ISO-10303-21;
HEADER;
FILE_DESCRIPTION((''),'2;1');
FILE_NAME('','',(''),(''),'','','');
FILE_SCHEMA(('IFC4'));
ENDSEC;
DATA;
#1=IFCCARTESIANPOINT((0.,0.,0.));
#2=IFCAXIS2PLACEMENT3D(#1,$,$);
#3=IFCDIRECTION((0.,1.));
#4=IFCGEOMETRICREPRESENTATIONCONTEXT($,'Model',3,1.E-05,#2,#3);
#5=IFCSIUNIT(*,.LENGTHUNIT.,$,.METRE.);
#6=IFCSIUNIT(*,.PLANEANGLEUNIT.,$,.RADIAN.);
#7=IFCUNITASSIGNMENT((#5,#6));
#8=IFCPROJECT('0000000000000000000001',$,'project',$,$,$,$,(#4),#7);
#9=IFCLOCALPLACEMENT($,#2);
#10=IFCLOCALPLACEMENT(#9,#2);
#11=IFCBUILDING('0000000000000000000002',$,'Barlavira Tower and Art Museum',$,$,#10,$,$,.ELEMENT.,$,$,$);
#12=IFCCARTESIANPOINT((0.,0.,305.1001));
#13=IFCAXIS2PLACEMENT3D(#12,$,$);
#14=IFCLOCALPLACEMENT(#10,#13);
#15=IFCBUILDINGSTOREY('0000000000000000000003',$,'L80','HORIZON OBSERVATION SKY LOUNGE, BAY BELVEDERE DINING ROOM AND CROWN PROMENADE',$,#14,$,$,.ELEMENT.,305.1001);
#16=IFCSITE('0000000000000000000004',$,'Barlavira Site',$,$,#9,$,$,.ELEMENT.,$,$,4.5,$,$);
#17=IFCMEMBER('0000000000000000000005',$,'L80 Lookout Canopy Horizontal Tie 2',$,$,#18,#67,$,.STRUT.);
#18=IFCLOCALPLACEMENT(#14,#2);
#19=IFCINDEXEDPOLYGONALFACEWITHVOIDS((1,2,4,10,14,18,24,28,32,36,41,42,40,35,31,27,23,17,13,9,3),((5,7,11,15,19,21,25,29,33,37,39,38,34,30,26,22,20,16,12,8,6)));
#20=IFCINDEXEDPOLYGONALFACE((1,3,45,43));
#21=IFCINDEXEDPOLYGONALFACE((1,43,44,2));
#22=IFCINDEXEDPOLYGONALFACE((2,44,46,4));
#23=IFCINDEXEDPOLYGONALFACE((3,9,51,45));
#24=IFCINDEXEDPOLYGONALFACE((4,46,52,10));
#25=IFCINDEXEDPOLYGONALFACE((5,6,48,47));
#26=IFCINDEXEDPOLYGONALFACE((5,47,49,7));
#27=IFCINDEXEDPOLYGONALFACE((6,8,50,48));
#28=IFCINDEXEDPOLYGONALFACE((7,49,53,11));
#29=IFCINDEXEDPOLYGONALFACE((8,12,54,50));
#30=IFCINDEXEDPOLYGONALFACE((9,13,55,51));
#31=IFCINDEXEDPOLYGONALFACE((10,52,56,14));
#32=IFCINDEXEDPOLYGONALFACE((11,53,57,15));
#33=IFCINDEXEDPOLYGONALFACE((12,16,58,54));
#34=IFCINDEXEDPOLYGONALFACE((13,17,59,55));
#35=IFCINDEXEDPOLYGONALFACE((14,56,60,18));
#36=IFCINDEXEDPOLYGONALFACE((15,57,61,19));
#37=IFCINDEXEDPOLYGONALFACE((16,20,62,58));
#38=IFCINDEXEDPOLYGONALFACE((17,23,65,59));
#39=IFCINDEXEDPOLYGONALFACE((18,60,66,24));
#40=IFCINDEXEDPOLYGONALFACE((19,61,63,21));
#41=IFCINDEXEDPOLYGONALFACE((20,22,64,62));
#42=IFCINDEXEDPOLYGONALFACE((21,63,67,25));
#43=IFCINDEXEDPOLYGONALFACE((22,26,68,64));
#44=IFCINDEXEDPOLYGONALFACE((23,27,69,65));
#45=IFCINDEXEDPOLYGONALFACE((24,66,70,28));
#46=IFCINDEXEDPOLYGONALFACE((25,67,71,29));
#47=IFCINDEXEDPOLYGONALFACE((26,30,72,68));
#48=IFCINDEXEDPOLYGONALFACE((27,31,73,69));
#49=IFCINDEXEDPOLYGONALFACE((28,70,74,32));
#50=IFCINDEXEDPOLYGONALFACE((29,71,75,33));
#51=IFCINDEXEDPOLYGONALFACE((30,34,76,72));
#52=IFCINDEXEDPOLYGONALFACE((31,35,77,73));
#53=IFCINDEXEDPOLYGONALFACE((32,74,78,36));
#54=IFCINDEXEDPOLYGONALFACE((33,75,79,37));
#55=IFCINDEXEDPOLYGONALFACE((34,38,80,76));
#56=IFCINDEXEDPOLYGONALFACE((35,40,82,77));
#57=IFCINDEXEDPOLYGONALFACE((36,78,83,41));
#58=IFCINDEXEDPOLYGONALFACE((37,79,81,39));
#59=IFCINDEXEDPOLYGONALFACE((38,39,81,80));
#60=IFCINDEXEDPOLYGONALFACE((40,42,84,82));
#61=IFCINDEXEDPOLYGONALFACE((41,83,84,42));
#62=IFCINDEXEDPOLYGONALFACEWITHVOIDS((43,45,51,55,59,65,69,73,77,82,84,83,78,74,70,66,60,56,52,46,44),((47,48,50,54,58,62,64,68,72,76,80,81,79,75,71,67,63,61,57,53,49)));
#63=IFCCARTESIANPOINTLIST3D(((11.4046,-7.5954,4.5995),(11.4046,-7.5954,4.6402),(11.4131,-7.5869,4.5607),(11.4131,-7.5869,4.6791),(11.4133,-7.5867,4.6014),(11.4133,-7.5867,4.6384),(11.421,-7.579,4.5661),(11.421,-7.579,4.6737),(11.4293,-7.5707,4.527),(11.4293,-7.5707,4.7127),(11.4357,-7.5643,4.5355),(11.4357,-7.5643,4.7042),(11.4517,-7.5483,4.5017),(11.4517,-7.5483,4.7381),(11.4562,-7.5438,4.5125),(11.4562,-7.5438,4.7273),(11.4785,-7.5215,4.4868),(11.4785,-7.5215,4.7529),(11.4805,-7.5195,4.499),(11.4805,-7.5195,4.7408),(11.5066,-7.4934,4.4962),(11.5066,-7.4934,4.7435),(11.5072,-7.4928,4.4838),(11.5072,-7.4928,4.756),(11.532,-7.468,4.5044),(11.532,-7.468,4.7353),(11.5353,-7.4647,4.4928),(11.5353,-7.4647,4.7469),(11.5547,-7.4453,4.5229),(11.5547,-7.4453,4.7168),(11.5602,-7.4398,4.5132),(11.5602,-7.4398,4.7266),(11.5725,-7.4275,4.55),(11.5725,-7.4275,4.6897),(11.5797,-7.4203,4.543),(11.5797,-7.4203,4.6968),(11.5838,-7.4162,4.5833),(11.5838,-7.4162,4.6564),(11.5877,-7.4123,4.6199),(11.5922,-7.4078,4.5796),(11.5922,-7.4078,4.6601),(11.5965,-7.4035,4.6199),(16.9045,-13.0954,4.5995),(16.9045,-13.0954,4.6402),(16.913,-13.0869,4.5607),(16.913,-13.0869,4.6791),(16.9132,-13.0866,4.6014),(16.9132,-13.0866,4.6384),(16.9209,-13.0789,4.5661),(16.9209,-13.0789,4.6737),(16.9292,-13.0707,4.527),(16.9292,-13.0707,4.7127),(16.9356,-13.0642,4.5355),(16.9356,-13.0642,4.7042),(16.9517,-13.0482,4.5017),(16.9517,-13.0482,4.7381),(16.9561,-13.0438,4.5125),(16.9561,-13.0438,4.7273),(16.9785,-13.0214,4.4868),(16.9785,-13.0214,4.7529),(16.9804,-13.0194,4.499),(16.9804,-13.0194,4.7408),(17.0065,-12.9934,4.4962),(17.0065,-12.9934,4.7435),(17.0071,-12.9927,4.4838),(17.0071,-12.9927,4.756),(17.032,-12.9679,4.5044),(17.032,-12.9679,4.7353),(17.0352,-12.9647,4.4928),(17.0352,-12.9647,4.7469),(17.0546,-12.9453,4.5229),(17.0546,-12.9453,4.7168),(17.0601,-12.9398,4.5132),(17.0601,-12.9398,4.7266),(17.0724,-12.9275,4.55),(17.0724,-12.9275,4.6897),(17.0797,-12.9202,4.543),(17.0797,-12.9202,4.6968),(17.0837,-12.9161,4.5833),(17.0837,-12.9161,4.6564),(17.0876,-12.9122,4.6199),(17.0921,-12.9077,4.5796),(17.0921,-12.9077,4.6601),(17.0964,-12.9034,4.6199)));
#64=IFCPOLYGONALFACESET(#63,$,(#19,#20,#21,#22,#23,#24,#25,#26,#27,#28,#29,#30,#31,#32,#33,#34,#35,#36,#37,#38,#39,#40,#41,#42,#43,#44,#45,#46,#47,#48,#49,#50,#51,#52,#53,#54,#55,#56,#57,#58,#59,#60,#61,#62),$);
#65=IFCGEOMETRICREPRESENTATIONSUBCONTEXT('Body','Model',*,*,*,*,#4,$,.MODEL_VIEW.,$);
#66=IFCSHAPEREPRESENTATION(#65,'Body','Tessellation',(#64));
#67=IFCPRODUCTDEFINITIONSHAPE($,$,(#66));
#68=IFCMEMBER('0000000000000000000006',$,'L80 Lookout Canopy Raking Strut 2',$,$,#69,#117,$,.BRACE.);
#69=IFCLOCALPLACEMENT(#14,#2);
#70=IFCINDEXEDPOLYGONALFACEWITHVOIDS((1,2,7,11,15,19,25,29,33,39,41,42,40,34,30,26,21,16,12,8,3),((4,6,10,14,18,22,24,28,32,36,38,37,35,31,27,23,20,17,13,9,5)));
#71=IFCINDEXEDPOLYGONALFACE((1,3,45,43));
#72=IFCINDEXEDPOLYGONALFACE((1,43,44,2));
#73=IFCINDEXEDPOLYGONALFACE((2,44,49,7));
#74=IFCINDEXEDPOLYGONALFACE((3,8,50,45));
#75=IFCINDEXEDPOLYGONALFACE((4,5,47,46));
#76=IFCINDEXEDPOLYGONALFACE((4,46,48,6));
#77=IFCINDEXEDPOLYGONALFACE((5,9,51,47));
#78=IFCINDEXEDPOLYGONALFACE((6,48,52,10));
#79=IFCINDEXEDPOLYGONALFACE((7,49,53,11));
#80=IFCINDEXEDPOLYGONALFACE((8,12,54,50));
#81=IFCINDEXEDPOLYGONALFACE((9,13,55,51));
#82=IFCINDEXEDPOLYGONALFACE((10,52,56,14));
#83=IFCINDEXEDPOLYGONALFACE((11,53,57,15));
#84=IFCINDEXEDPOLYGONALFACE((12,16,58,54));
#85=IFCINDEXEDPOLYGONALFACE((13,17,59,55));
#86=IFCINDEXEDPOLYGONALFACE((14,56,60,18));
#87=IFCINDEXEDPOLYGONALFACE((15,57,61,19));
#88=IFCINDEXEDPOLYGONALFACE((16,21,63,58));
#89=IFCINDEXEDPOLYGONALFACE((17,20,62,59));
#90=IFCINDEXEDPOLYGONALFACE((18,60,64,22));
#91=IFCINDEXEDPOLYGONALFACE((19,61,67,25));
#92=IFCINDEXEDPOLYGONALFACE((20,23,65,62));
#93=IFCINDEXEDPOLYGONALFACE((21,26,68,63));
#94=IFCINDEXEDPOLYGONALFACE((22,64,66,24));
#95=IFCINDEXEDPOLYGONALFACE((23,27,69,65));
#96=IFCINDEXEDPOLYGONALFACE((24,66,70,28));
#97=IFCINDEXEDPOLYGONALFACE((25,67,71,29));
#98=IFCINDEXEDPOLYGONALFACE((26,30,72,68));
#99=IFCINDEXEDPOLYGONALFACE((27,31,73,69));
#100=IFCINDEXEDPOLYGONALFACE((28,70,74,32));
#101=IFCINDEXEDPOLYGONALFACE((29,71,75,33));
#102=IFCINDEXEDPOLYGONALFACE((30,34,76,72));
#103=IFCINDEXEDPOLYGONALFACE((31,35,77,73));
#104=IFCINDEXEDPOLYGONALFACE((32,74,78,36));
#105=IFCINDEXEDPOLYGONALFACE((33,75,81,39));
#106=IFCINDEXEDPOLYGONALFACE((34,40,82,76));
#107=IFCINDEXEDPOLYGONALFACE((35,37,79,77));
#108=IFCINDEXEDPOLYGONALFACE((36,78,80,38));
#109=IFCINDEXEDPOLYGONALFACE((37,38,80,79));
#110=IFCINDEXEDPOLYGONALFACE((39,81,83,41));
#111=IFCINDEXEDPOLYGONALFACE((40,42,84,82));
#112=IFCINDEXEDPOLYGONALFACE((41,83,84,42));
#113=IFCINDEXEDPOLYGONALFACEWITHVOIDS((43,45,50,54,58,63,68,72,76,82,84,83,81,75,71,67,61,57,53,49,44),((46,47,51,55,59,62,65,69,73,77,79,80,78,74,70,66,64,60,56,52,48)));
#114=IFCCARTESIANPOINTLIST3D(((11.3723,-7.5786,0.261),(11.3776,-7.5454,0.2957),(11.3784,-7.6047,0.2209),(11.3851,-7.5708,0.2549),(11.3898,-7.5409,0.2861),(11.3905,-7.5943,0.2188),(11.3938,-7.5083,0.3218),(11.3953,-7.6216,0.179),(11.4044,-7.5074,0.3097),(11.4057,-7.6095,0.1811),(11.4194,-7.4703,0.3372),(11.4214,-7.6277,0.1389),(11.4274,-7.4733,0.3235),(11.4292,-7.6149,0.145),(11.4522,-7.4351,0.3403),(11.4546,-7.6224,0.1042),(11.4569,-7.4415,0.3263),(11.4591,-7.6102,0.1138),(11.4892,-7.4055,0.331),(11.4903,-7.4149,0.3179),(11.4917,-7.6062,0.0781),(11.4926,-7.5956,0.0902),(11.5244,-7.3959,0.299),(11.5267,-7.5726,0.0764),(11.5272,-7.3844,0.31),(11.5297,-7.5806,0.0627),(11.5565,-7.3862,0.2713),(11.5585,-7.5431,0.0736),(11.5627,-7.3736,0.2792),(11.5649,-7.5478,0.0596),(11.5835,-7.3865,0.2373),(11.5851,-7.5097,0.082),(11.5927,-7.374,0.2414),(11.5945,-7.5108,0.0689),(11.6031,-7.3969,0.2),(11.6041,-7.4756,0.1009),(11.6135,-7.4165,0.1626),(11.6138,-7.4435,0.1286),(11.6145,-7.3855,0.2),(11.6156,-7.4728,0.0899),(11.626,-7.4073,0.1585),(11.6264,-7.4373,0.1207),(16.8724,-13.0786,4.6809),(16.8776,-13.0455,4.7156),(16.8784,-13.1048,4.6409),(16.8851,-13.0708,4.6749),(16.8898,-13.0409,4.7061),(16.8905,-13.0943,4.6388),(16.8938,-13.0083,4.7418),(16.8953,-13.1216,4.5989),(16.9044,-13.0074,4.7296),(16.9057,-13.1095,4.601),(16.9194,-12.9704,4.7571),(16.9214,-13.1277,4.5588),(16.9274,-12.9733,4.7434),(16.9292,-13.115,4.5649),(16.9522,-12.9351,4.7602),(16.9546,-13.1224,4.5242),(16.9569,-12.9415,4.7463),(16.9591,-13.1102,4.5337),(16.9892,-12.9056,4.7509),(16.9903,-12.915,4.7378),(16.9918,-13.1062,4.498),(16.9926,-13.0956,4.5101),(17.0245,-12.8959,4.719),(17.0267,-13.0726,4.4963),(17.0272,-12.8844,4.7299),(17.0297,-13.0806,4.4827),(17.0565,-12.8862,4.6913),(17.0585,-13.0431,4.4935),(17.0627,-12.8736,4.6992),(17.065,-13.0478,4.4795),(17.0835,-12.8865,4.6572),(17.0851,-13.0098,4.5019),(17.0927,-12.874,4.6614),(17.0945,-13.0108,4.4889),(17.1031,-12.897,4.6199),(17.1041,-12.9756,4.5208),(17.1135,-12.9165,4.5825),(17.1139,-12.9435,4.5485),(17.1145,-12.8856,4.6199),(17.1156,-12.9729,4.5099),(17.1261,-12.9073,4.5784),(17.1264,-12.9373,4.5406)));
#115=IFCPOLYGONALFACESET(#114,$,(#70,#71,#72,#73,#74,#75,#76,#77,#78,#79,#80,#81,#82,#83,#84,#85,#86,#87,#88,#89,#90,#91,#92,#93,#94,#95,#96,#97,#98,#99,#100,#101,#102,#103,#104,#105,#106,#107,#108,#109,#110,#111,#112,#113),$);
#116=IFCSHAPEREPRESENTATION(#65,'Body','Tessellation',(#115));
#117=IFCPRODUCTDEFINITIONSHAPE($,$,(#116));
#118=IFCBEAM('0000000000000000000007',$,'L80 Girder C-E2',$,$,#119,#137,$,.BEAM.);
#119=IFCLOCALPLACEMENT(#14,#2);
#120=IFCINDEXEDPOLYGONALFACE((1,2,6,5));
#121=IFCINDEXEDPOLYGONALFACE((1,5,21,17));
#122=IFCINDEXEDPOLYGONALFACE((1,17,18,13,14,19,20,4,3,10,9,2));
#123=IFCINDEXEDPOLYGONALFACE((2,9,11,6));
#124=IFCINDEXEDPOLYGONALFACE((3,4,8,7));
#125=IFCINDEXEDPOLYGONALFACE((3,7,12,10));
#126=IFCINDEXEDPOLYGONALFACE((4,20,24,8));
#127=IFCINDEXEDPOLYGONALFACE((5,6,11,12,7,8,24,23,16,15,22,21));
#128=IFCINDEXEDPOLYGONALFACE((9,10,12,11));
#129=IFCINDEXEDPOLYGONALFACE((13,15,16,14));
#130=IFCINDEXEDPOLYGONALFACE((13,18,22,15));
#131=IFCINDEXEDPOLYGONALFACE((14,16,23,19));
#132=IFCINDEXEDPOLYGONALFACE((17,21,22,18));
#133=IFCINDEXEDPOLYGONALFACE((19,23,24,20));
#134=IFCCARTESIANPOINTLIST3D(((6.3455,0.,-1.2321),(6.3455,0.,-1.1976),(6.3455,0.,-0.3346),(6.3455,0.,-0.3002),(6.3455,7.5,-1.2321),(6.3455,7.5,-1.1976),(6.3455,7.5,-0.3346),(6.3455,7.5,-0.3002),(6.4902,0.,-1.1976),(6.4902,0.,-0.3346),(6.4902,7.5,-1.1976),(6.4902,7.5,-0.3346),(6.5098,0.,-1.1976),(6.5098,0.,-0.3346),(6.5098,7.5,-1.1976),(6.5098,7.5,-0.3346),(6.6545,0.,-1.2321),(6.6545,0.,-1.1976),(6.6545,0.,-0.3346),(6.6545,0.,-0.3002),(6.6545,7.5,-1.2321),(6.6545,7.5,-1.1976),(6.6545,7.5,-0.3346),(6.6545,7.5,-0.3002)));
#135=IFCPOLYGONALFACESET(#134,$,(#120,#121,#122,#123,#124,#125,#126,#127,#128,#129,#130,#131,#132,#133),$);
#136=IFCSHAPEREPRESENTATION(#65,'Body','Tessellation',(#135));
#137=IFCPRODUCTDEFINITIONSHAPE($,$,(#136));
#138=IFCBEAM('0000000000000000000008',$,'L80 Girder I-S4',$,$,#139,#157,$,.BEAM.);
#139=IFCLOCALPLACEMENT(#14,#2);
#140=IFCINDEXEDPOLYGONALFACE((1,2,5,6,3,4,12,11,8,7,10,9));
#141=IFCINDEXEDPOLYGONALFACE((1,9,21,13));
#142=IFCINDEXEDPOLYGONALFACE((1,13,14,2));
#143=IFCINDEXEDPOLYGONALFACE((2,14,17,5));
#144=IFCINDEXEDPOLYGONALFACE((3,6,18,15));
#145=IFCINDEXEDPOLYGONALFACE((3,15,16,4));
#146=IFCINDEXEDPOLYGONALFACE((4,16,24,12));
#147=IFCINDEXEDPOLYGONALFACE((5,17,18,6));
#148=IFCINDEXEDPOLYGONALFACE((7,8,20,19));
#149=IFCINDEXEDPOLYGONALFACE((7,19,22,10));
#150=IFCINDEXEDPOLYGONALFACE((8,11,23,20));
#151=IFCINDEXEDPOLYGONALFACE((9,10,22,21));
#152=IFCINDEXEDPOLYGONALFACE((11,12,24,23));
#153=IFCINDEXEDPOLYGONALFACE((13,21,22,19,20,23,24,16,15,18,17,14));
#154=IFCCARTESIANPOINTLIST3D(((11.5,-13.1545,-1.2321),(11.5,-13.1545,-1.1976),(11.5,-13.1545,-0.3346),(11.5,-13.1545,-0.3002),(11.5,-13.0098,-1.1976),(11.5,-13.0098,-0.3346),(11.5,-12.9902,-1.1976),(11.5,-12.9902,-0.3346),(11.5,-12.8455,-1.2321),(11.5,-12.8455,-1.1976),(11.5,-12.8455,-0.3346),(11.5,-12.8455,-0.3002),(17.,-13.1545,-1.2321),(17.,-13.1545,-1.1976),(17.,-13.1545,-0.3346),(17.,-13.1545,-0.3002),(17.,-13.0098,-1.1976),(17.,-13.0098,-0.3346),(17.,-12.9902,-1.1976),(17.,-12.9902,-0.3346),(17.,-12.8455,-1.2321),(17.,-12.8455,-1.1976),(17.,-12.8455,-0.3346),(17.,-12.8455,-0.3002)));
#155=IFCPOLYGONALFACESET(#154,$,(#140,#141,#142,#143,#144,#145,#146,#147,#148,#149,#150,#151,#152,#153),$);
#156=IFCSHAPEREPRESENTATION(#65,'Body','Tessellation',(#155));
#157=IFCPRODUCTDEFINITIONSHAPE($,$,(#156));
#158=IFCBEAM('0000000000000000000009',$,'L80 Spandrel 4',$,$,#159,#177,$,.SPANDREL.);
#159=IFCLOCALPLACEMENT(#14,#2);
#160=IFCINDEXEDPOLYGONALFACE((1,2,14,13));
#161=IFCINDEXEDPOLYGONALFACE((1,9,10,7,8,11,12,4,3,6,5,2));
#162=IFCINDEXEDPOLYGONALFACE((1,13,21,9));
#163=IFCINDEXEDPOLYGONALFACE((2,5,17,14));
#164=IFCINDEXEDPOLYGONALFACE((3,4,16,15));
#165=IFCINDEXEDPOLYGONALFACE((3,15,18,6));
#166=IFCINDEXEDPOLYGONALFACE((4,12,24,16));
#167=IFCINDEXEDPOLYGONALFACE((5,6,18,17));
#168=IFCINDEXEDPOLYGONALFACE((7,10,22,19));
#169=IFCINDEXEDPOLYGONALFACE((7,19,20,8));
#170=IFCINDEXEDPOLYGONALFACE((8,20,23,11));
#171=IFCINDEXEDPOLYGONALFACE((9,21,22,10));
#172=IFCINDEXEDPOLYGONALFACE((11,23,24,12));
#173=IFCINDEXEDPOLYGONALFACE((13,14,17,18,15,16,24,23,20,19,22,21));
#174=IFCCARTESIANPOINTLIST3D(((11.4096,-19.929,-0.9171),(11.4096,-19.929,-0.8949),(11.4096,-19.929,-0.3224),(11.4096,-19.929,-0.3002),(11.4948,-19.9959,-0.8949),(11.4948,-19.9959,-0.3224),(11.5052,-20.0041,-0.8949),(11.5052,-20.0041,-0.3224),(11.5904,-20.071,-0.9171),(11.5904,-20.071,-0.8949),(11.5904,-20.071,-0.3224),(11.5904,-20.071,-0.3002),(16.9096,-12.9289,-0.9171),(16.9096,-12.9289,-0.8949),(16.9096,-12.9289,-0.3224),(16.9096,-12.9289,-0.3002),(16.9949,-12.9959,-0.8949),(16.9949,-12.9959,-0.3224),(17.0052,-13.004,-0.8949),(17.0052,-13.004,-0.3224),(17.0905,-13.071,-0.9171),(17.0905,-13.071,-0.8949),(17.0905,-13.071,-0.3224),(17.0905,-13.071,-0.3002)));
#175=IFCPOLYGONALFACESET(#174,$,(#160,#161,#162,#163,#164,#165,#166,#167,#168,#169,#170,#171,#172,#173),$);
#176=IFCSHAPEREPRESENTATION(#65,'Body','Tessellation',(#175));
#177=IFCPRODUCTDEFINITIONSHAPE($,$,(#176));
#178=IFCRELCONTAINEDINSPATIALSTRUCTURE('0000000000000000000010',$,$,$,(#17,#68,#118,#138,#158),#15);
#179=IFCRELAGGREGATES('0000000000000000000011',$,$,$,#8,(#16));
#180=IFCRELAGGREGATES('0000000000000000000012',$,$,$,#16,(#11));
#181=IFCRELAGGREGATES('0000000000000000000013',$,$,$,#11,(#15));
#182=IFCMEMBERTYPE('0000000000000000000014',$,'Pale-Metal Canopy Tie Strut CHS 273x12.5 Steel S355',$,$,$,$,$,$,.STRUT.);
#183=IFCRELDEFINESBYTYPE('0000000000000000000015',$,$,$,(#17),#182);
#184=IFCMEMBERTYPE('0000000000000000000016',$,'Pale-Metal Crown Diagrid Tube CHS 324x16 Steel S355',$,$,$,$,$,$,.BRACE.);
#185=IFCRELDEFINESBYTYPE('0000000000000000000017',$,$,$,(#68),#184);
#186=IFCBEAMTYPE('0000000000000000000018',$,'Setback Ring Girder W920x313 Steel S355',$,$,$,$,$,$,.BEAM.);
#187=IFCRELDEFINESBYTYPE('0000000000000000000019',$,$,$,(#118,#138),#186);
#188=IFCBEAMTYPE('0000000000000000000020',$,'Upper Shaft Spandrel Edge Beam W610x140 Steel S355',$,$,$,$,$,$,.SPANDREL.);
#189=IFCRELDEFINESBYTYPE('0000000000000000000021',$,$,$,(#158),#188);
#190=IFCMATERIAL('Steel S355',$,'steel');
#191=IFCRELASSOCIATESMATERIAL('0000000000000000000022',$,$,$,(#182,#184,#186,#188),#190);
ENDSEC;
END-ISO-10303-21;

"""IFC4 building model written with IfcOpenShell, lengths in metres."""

from ifc_helpers import new_model, si_unit, direction, frame, origin, origin_2d, place, context, subcontext, project, spatial, hollow_circle, i_section, extrude, material, material_profile, profile_set, type_object, element, save


model = new_model("IFC4")

# Units and contexts
model_context = context("Model", 3, precision=1e-05, world=origin(), true_north=direction((0.0, 1.0)))
body_context = subcontext(model_context, "Body", "Model", "MODEL_VIEW")
ifc_project = project(units=[si_unit("LENGTHUNIT", "METRE"), si_unit("PLANEANGLEUNIT", "RADIAN")], contexts=[model_context])

# Site, building, storey
site_placement = place(None, origin())
site = spatial("IfcSite", under=ifc_project, at=site_placement, Name="Barlavira Site", CompositionType="ELEMENT", RefElevation=4.5)
building_placement = place(site_placement, origin())
building = spatial("IfcBuilding", under=site, at=building_placement, Name="Barlavira Tower and Art Museum", CompositionType="ELEMENT")
storey_placement = place(building_placement, frame((0.0, 0.0, 305.1001)))
storey = spatial("IfcBuildingStorey", under=building, at=storey_placement, Name="L80", Description="HORIZON OBSERVATION SKY LOUNGE, BAY BELVEDERE DINING ROOM AND CROWN PROMENADE", CompositionType="ELEMENT", Elevation=305.1001)

# Shared definitions
ifc_material_1 = material(Name="Steel S355", Category="steel")

# Members
ifc_material_profile_1 = material_profile(ifc_material_1, hollow_circle(Radius=0.1365, WallThickness=0.0125, at=origin_2d()), Name="CHS 273.0x12.5")
ifc_profile_set_1 = profile_set([ifc_material_profile_1], Name="Steel S355")
member_type_1 = type_object("IfcMemberType", Name="Pale-Metal Canopy Tie Strut CHS 273x12.5 Steel S355", PredefinedType="STRUT", material=ifc_profile_set_1)
member_1_placement = place(storey_placement, frame((11.5, -7.5, 4.6199), z_axis=(0.707107, -0.707107, 0.0), x_axis=(0.707107, 0.707107, 0.0)))
element("IfcMember", 1, at=member_1_placement, inside=storey, type_object=member_type_1, Name="L80 Lookout Canopy Horizontal Tie 2", PredefinedType="STRUT", context=body_context, shape_type="SweptSolid", body=[
    extrude(hollow_circle(Radius=0.1365, WallThickness=0.0125, at=origin_2d()), origin(), (0.0, 0.0, 1.0), 7.7781),
])
ifc_material_profile_2 = material_profile(ifc_material_1, hollow_circle(Radius=0.1619, WallThickness=0.0161, at=origin_2d()), Name="CHS 323.9x16.0")
ifc_profile_set_2 = profile_set([ifc_material_profile_2], Name="Steel S355")
member_type_2 = type_object("IfcMemberType", Name="Pale-Metal Crown Diagrid Tube CHS 324x16 Steel S355", PredefinedType="BRACE", material=ifc_profile_set_2)
member_2_placement = place(storey_placement, frame((11.5, -7.5, 0.2), z_axis=(0.614781, -0.614781, 0.494052), x_axis=(0.707107, 0.707107, 0.0)))
element("IfcMember", 2, at=member_2_placement, inside=storey, type_object=member_type_2, Name="L80 Lookout Canopy Raking Strut 2", PredefinedType="BRACE", context=body_context, shape_type="SweptSolid", body=[
    extrude(hollow_circle(Radius=0.1619, WallThickness=0.0161, at=origin_2d()), origin(), (0.0, 0.0, 1.0), 8.9463),
])

# Beams
ifc_material_profile_3 = material_profile(ifc_material_1, i_section(OverallWidth=0.3091, OverallDepth=0.9319, WebThickness=0.0195, FlangeThickness=0.0344, at=origin_2d()), Name="W920x313.0")
ifc_profile_set_3 = profile_set([ifc_material_profile_3], Name="Steel S355")
beam_type_1 = type_object("IfcBeamType", Name="Setback Ring Girder W920x313 Steel S355", PredefinedType="BEAM", material=ifc_profile_set_3)
beam_1_placement = place(storey_placement, frame((6.5, 0.0, -0.7661), z_axis=(0.0, 1.0, 0.0), x_axis=(-1.0, 0.0, 0.0)))
element("IfcBeam", 3, at=beam_1_placement, inside=storey, type_object=beam_type_1, Name="L80 Girder C-E2", PredefinedType="BEAM", context=body_context, shape_type="SweptSolid", body=[
    extrude(i_section(OverallWidth=0.3091, OverallDepth=0.9319, WebThickness=0.0195, FlangeThickness=0.0344, at=origin_2d()), origin(), (0.0, 0.0, 1.0), 7.5),
])
beam_2_placement = place(storey_placement, frame((11.5, -13.0, -0.7661), z_axis=(1.0, 0.0, 0.0), x_axis=(0.0, 1.0, 0.0)))
element("IfcBeam", 4, at=beam_2_placement, inside=storey, type_object=beam_type_1, Name="L80 Girder I-S4", PredefinedType="BEAM", context=body_context, shape_type="SweptSolid", body=[
    extrude(i_section(OverallWidth=0.3091, OverallDepth=0.9319, WebThickness=0.0195, FlangeThickness=0.0344, at=origin_2d()), origin(), (0.0, 0.0, 1.0), 5.5),
])
ifc_material_profile_4 = material_profile(ifc_material_1, i_section(OverallWidth=0.23, OverallDepth=0.6169, WebThickness=0.0132, FlangeThickness=0.0222, at=origin_2d()), Name="W610x140.0")
ifc_profile_set_4 = profile_set([ifc_material_profile_4], Name="Steel S355")
beam_type_2 = type_object("IfcBeamType", Name="Upper Shaft Spandrel Edge Beam W610x140 Steel S355", PredefinedType="SPANDREL", material=ifc_profile_set_4)
beam_3_placement = place(storey_placement, frame((11.5, -20.0, -0.6086), z_axis=(0.617822, 0.786318, 0.0), x_axis=(-0.786318, 0.617822, 0.0)))
element("IfcBeam", 5, at=beam_3_placement, inside=storey, type_object=beam_type_2, Name="L80 Spandrel 4", PredefinedType="SPANDREL", context=body_context, shape_type="SweptSolid", body=[
    extrude(i_section(OverallWidth=0.23, OverallDepth=0.6169, WebThickness=0.0132, FlangeThickness=0.0222, at=origin_2d()), origin(), (0.0, 0.0, 1.0), 8.9023),
])

save(model, "model.ifc")
